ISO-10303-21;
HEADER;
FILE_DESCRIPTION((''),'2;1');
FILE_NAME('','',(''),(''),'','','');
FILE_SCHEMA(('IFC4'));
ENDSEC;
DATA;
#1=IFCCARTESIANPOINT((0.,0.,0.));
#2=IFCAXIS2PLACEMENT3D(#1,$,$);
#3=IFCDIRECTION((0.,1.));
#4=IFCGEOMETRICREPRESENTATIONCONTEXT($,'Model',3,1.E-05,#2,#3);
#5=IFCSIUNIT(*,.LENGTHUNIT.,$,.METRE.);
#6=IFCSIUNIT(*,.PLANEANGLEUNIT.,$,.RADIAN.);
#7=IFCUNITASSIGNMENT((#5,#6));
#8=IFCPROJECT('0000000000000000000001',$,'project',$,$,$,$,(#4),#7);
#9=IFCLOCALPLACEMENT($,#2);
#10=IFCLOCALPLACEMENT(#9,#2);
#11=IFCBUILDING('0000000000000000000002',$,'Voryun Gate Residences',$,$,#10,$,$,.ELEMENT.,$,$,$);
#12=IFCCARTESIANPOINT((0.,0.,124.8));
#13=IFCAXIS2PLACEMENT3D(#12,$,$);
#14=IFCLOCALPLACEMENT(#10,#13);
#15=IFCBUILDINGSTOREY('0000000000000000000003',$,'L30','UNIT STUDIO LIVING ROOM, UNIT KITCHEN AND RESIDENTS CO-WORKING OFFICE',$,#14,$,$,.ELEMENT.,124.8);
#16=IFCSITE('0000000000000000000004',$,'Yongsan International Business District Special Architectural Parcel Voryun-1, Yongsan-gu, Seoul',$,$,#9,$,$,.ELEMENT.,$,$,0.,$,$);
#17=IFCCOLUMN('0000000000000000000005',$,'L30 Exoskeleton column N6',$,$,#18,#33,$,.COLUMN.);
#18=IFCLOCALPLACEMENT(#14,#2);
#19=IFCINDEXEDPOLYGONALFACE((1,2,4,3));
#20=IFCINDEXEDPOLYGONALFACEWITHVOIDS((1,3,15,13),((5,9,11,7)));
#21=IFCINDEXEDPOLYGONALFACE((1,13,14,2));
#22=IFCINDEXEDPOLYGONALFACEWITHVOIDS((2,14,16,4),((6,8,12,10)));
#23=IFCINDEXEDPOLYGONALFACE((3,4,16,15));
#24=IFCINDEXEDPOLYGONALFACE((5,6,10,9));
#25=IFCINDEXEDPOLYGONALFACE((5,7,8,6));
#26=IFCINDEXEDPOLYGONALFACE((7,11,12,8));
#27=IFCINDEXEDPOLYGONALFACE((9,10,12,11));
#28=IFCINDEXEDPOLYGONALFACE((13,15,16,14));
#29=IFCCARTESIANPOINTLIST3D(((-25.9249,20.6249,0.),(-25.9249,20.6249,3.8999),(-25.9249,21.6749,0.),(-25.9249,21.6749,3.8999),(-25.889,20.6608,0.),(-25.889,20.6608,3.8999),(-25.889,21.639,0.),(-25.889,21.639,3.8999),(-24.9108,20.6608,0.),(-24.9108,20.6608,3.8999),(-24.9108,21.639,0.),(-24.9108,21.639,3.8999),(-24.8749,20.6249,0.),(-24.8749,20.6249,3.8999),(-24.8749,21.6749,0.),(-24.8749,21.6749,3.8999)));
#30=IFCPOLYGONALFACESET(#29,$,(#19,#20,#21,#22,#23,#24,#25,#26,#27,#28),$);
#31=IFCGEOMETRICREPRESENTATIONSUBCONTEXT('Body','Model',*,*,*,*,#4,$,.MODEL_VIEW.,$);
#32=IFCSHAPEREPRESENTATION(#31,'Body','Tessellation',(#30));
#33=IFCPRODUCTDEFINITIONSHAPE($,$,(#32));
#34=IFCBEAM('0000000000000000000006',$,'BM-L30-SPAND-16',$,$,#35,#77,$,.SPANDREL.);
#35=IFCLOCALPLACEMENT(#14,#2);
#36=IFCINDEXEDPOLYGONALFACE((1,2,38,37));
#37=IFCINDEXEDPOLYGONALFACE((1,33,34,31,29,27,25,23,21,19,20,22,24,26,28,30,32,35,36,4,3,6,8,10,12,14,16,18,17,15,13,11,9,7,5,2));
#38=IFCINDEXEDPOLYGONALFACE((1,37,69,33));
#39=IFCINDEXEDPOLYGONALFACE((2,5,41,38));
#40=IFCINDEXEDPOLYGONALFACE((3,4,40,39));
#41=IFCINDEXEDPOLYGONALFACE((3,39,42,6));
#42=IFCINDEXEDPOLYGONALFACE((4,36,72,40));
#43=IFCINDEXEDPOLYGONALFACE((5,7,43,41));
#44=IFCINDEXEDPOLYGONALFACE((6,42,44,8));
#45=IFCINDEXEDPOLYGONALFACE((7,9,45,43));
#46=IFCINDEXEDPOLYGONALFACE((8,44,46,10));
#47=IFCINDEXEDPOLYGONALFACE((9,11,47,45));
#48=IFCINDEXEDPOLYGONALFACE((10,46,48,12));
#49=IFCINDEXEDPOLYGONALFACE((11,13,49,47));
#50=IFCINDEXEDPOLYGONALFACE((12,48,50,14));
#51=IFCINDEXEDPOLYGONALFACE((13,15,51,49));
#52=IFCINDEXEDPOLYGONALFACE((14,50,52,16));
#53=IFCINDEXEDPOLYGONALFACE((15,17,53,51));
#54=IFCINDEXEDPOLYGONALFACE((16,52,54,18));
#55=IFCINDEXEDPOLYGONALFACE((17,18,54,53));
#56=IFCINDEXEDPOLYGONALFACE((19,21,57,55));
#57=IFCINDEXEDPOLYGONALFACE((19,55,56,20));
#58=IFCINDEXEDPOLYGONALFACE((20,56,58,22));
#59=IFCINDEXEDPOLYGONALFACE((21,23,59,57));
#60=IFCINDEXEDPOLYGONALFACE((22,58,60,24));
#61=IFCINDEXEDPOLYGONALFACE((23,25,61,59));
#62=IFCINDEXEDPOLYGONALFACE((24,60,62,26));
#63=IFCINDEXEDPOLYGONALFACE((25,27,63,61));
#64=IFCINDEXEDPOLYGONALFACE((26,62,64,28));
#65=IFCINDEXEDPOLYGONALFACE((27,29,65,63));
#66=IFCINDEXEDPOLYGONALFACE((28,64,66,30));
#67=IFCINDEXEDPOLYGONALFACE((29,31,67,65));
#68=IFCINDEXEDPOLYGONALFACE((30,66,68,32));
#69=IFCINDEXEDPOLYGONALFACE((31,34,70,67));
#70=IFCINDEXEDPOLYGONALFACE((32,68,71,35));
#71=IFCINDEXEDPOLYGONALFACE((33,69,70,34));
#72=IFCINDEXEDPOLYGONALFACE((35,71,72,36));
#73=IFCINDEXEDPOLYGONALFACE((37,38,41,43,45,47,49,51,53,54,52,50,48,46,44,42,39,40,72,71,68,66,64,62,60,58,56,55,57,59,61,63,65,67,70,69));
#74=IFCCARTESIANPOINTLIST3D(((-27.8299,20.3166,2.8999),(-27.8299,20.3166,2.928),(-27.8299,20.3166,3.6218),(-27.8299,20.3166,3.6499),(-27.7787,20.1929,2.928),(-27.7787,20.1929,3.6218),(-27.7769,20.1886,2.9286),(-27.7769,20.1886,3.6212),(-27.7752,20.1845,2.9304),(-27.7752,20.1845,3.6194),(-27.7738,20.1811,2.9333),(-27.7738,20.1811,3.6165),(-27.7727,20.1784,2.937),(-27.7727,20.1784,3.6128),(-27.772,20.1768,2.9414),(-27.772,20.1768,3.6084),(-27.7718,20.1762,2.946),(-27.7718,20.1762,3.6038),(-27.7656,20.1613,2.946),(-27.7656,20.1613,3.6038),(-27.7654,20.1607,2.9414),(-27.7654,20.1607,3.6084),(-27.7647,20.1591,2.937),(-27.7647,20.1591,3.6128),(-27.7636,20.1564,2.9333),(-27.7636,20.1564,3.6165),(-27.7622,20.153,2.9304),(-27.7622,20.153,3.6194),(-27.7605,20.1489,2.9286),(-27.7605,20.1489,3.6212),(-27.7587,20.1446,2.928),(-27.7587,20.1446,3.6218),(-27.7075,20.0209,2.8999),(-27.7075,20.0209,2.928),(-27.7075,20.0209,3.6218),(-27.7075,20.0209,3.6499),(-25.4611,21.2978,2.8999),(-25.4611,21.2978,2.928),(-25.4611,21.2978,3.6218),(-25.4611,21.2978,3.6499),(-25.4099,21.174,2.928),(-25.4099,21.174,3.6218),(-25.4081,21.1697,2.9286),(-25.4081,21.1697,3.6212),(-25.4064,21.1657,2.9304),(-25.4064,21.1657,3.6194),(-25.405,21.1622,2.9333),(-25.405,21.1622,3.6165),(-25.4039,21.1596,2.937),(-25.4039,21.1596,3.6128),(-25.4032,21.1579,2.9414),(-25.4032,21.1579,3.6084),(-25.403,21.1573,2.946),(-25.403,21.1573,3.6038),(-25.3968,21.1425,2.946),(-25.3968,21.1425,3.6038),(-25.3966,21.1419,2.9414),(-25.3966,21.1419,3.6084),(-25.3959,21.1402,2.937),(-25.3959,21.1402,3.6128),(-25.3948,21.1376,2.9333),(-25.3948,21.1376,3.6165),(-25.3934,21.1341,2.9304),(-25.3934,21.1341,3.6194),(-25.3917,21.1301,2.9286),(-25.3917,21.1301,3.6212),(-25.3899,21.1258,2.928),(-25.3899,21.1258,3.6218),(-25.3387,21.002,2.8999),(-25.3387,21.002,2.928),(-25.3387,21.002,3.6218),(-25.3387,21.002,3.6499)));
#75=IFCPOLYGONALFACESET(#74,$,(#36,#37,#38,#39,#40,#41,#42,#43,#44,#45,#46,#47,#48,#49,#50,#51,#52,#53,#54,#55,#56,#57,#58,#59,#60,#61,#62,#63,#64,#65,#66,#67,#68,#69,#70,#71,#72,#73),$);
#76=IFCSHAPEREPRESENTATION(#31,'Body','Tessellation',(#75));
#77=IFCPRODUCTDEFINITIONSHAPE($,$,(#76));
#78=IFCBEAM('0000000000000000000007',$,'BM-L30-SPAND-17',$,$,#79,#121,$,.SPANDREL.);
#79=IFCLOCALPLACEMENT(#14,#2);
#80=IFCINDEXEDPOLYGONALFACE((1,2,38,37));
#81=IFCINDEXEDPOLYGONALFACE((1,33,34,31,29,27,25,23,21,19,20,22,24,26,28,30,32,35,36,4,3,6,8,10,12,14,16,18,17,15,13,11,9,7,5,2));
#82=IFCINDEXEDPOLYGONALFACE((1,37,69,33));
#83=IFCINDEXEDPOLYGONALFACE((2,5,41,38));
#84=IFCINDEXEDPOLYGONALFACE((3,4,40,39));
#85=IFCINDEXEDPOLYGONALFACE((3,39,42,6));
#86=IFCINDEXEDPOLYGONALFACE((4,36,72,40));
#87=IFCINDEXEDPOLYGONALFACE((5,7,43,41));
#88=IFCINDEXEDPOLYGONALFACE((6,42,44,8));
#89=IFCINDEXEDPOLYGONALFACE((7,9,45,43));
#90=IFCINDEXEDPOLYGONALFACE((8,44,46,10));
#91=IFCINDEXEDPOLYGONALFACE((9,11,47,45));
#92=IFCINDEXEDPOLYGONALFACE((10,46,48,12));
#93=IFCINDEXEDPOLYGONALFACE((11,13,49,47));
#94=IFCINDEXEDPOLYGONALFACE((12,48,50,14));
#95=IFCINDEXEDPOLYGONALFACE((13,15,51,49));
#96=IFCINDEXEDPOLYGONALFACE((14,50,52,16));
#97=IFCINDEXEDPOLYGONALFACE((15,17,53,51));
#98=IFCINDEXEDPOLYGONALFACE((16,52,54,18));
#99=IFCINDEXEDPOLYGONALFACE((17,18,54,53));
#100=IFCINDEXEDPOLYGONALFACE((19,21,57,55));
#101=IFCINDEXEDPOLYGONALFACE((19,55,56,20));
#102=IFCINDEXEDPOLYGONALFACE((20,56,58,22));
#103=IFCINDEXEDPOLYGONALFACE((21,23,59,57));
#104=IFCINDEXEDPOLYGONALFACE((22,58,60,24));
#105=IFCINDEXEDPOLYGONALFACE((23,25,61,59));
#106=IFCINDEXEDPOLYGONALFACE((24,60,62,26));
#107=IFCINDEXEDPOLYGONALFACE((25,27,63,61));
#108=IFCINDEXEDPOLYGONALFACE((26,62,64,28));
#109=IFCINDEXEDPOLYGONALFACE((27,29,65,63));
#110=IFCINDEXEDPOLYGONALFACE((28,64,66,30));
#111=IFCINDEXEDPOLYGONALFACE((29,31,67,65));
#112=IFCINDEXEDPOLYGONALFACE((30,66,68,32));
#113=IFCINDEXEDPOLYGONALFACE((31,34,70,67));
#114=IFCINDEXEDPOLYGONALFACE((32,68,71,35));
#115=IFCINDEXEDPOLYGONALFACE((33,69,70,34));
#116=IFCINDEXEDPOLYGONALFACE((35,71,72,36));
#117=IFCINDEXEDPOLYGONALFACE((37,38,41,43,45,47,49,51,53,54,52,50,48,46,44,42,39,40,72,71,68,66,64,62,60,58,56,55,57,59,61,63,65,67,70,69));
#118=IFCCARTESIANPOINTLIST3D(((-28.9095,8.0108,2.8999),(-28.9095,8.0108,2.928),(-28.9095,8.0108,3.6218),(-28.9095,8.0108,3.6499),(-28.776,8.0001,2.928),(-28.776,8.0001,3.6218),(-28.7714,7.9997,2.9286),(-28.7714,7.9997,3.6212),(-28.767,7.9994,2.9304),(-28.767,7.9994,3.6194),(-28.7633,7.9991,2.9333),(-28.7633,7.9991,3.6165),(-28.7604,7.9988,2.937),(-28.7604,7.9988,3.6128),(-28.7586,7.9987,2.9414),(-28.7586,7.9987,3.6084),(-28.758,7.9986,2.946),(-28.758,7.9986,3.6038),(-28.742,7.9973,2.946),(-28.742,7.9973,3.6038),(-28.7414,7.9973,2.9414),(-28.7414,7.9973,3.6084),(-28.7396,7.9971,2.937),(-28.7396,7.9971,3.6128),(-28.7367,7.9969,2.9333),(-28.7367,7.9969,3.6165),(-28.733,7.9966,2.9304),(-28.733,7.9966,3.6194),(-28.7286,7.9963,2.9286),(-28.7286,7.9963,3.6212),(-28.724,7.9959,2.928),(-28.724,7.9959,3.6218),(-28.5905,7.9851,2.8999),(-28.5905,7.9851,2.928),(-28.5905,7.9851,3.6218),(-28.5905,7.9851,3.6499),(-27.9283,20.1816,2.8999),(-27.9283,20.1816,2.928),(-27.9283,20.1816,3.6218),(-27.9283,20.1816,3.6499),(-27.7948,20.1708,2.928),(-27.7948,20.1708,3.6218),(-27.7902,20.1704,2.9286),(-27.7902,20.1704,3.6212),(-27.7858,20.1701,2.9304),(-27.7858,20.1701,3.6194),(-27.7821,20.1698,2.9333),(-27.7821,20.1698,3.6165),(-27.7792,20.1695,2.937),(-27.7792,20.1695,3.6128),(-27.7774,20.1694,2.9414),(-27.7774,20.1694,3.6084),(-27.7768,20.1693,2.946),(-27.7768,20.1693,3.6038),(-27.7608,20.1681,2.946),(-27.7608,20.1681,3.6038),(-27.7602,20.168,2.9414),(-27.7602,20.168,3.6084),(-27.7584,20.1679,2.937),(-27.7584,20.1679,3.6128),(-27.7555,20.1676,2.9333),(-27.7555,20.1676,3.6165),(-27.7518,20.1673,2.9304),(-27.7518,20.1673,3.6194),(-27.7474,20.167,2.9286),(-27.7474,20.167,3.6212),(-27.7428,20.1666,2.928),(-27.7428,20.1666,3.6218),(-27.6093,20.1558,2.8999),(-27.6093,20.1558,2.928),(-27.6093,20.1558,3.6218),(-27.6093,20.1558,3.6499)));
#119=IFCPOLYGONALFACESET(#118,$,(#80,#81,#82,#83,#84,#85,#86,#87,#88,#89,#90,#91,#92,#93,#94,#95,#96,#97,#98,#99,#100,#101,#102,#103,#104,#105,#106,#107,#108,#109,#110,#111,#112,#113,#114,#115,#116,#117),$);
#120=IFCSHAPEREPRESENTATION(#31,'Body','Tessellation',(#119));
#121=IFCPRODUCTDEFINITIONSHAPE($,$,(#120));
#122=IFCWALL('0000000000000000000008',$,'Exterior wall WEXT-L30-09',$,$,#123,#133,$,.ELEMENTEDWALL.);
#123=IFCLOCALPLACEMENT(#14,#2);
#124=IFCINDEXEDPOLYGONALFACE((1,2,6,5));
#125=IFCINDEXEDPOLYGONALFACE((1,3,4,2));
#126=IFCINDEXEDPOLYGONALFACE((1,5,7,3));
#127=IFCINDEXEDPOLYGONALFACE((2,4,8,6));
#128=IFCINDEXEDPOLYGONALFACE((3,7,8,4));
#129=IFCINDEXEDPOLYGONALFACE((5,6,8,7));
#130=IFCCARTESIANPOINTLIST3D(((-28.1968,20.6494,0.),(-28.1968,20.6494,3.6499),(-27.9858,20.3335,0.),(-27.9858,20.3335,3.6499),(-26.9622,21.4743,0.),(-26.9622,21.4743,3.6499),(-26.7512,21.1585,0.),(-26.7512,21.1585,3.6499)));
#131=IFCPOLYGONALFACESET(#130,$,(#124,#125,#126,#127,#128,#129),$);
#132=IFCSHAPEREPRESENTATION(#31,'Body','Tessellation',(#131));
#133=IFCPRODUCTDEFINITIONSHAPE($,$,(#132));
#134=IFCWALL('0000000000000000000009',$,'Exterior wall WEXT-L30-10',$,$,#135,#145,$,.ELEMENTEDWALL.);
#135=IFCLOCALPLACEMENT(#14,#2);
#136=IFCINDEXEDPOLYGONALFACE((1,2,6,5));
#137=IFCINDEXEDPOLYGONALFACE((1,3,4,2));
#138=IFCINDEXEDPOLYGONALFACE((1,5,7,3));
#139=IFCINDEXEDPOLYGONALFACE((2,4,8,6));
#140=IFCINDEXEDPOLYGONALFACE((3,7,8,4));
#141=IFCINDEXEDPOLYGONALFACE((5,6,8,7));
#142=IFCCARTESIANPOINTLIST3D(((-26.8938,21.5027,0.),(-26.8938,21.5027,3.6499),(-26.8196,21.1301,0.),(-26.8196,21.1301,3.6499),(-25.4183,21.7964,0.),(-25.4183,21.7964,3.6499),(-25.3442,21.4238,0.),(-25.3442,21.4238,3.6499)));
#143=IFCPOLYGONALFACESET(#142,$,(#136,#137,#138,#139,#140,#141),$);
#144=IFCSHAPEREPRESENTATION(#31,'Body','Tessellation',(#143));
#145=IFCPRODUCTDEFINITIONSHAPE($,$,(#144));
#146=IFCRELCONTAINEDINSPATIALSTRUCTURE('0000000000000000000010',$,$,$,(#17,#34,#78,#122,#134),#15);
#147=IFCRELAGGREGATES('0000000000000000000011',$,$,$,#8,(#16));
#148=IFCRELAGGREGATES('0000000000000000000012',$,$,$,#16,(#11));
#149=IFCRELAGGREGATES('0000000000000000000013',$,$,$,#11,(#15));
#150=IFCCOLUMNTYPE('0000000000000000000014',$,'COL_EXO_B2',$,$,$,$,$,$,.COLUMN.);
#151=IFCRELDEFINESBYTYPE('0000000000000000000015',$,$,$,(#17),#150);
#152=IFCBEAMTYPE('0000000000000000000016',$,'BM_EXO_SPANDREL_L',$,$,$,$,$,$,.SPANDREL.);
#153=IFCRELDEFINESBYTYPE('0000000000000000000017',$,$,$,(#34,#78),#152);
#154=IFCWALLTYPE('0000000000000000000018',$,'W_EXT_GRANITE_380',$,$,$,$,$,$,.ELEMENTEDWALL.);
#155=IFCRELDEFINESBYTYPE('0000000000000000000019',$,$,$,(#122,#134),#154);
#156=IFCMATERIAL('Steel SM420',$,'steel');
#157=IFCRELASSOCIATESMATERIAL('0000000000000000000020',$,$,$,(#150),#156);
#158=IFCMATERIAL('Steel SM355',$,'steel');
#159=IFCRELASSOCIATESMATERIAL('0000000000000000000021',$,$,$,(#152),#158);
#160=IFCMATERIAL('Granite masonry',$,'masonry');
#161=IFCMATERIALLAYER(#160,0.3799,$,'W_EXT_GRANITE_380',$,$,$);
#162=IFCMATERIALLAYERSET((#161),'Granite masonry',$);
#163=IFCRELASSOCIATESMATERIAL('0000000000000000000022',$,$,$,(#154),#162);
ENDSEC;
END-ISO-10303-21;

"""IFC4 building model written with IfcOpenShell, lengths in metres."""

from ifc_helpers import new_model, si_unit, direction, frame, frame_2d, origin, origin_2d, place, context, subcontext, project, spatial, rectangle, hollow_rectangle, i_section, extrude, material, layer, layer_set, material_profile, profile_set, type_object, element, save


model = new_model("IFC4")

# Units and contexts
model_context = context("Model", 3, precision=1e-05, world=origin(), true_north=direction((0.0, 1.0)))
body_context = subcontext(model_context, "Body", "Model", "MODEL_VIEW")
ifc_project = project(units=[si_unit("LENGTHUNIT", "METRE"), si_unit("PLANEANGLEUNIT", "RADIAN")], contexts=[model_context])

# Site, building, storey
site_placement = place(None, origin())
site = spatial("IfcSite", under=ifc_project, at=site_placement, Name="Yongsan International Business District Special Architectural Parcel Voryun-1, Yongsan-gu, Seoul", CompositionType="ELEMENT", RefElevation=0.0)
building_placement = place(site_placement, origin())
building = spatial("IfcBuilding", under=site, at=building_placement, Name="Voryun Gate Residences", CompositionType="ELEMENT")
storey_placement = place(building_placement, frame((0.0, 0.0, 124.8)))
storey = spatial("IfcBuildingStorey", under=building, at=storey_placement, Name="L30", Description="UNIT STUDIO LIVING ROOM, UNIT KITCHEN AND RESIDENTS CO-WORKING OFFICE", CompositionType="ELEMENT", Elevation=124.8)

# Column
ifc_material_1 = material(Name="Steel SM420", Category="steel")
ifc_material_profile_1 = material_profile(ifc_material_1, hollow_rectangle(XDim=1.05, YDim=1.05, WallThickness=0.0359, at=origin_2d()), Name="BOX-1050x1050x36")
ifc_profile_set_1 = profile_set([ifc_material_profile_1], Name="Steel SM420")
column_type = type_object("IfcColumnType", Name="COL_EXO_B2", PredefinedType="COLUMN", material=ifc_profile_set_1)
column_placement = place(storey_placement, frame((-25.3999, 21.1499, 0.0), z_axis=(0.0, 0.0, 1.0), x_axis=(1.0, 0.0, 0.0)))
element("IfcColumn", 1, at=column_placement, inside=storey, type_object=column_type, Name="L30 Exoskeleton column N6", PredefinedType="COLUMN", context=body_context, shape_type="SweptSolid", body=[
    extrude(hollow_rectangle(XDim=1.05, YDim=1.05, WallThickness=0.0359, at=origin_2d()), origin(), (0.0, 0.0, 1.0), 3.8999),
])

# Beams
ifc_material_2 = material(Name="Steel SM355", Category="steel")
ifc_material_profile_2 = material_profile(ifc_material_2, i_section(OverallWidth=0.3201, OverallDepth=0.75, WebThickness=0.0161, FlangeThickness=0.0281, FilletRadius=0.0181, at=origin_2d()), Name="H-750x320x16x28")
ifc_profile_set_2 = profile_set([ifc_material_profile_2], Name="Steel SM355")
beam_type = type_object("IfcBeamType", Name="BM_EXO_SPANDREL_L", PredefinedType="SPANDREL", material=ifc_profile_set_2)
beam_1_placement = place(storey_placement, frame((-25.3999, 21.1499, 3.2749), z_axis=(-0.923883, -0.382674, 0.0), x_axis=(0.382674, -0.923883, 0.0)))
element("IfcBeam", 2, at=beam_1_placement, inside=storey, type_object=beam_type, Name="BM-L30-SPAND-16", PredefinedType="SPANDREL", context=body_context, shape_type="SweptSolid", body=[
    extrude(i_section(OverallWidth=0.3201, OverallDepth=0.75, WebThickness=0.0161, FlangeThickness=0.0281, FilletRadius=0.0181, at=origin_2d()), origin(), (0.0, 0.0, 1.0), 2.564),
])
beam_2_placement = place(storey_placement, frame((-27.7688, 20.1687, 3.2749), z_axis=(-0.08036, -0.996766, 0.0), x_axis=(0.996766, -0.08036, 0.0)))
element("IfcBeam", 3, at=beam_2_placement, inside=storey, type_object=beam_type, Name="BM-L30-SPAND-17", PredefinedType="SPANDREL", context=body_context, shape_type="SweptSolid", body=[
    extrude(i_section(OverallWidth=0.3201, OverallDepth=0.75, WebThickness=0.0161, FlangeThickness=0.0281, FilletRadius=0.0181, at=origin_2d()), origin(), (0.0, 0.0, 1.0), 12.2102),
])

# Walls
ifc_material_3 = material(Name="Granite masonry", Category="masonry")
ifc_layer = layer(ifc_material_3, 0.3799, Name="W_EXT_GRANITE_380")
ifc_layer_set = layer_set([ifc_layer], Name="Granite masonry")
wall_type = type_object("IfcWallType", Name="W_EXT_GRANITE_380", PredefinedType="ELEMENTEDWALL", material=ifc_layer_set)
wall_1_placement = place(storey_placement, frame((-28.0913, 20.4915, 0.0), z_axis=(0.0, 0.0, 1.0), x_axis=(0.831468, 0.555573, 0.0)))
element("IfcWall", 4, at=wall_1_placement, inside=storey, type_object=wall_type, Name="Exterior wall WEXT-L30-09", PredefinedType="ELEMENTEDWALL", context=body_context, shape_type="SweptSolid", body=[
    extrude(rectangle(XDim=1.4849, YDim=0.3799, at=frame_2d((0.7424, 0.0))), origin(), (0.0, 0.0, 1.0), 3.6499),
])
wall_2_placement = place(storey_placement, frame((-26.8567, 21.3164, 0.0), z_axis=(0.0, 0.0, 1.0), x_axis=(0.980755, 0.195242, 0.0)))
element("IfcWall", 5, at=wall_2_placement, inside=storey, type_object=wall_type, Name="Exterior wall WEXT-L30-10", PredefinedType="ELEMENTEDWALL", context=body_context, shape_type="SweptSolid", body=[
    extrude(rectangle(XDim=1.5044, YDim=0.3799, at=frame_2d((0.7522, 0.0))), origin(), (0.0, 0.0, 1.0), 3.6499),
])

save(model, "model.ifc")
